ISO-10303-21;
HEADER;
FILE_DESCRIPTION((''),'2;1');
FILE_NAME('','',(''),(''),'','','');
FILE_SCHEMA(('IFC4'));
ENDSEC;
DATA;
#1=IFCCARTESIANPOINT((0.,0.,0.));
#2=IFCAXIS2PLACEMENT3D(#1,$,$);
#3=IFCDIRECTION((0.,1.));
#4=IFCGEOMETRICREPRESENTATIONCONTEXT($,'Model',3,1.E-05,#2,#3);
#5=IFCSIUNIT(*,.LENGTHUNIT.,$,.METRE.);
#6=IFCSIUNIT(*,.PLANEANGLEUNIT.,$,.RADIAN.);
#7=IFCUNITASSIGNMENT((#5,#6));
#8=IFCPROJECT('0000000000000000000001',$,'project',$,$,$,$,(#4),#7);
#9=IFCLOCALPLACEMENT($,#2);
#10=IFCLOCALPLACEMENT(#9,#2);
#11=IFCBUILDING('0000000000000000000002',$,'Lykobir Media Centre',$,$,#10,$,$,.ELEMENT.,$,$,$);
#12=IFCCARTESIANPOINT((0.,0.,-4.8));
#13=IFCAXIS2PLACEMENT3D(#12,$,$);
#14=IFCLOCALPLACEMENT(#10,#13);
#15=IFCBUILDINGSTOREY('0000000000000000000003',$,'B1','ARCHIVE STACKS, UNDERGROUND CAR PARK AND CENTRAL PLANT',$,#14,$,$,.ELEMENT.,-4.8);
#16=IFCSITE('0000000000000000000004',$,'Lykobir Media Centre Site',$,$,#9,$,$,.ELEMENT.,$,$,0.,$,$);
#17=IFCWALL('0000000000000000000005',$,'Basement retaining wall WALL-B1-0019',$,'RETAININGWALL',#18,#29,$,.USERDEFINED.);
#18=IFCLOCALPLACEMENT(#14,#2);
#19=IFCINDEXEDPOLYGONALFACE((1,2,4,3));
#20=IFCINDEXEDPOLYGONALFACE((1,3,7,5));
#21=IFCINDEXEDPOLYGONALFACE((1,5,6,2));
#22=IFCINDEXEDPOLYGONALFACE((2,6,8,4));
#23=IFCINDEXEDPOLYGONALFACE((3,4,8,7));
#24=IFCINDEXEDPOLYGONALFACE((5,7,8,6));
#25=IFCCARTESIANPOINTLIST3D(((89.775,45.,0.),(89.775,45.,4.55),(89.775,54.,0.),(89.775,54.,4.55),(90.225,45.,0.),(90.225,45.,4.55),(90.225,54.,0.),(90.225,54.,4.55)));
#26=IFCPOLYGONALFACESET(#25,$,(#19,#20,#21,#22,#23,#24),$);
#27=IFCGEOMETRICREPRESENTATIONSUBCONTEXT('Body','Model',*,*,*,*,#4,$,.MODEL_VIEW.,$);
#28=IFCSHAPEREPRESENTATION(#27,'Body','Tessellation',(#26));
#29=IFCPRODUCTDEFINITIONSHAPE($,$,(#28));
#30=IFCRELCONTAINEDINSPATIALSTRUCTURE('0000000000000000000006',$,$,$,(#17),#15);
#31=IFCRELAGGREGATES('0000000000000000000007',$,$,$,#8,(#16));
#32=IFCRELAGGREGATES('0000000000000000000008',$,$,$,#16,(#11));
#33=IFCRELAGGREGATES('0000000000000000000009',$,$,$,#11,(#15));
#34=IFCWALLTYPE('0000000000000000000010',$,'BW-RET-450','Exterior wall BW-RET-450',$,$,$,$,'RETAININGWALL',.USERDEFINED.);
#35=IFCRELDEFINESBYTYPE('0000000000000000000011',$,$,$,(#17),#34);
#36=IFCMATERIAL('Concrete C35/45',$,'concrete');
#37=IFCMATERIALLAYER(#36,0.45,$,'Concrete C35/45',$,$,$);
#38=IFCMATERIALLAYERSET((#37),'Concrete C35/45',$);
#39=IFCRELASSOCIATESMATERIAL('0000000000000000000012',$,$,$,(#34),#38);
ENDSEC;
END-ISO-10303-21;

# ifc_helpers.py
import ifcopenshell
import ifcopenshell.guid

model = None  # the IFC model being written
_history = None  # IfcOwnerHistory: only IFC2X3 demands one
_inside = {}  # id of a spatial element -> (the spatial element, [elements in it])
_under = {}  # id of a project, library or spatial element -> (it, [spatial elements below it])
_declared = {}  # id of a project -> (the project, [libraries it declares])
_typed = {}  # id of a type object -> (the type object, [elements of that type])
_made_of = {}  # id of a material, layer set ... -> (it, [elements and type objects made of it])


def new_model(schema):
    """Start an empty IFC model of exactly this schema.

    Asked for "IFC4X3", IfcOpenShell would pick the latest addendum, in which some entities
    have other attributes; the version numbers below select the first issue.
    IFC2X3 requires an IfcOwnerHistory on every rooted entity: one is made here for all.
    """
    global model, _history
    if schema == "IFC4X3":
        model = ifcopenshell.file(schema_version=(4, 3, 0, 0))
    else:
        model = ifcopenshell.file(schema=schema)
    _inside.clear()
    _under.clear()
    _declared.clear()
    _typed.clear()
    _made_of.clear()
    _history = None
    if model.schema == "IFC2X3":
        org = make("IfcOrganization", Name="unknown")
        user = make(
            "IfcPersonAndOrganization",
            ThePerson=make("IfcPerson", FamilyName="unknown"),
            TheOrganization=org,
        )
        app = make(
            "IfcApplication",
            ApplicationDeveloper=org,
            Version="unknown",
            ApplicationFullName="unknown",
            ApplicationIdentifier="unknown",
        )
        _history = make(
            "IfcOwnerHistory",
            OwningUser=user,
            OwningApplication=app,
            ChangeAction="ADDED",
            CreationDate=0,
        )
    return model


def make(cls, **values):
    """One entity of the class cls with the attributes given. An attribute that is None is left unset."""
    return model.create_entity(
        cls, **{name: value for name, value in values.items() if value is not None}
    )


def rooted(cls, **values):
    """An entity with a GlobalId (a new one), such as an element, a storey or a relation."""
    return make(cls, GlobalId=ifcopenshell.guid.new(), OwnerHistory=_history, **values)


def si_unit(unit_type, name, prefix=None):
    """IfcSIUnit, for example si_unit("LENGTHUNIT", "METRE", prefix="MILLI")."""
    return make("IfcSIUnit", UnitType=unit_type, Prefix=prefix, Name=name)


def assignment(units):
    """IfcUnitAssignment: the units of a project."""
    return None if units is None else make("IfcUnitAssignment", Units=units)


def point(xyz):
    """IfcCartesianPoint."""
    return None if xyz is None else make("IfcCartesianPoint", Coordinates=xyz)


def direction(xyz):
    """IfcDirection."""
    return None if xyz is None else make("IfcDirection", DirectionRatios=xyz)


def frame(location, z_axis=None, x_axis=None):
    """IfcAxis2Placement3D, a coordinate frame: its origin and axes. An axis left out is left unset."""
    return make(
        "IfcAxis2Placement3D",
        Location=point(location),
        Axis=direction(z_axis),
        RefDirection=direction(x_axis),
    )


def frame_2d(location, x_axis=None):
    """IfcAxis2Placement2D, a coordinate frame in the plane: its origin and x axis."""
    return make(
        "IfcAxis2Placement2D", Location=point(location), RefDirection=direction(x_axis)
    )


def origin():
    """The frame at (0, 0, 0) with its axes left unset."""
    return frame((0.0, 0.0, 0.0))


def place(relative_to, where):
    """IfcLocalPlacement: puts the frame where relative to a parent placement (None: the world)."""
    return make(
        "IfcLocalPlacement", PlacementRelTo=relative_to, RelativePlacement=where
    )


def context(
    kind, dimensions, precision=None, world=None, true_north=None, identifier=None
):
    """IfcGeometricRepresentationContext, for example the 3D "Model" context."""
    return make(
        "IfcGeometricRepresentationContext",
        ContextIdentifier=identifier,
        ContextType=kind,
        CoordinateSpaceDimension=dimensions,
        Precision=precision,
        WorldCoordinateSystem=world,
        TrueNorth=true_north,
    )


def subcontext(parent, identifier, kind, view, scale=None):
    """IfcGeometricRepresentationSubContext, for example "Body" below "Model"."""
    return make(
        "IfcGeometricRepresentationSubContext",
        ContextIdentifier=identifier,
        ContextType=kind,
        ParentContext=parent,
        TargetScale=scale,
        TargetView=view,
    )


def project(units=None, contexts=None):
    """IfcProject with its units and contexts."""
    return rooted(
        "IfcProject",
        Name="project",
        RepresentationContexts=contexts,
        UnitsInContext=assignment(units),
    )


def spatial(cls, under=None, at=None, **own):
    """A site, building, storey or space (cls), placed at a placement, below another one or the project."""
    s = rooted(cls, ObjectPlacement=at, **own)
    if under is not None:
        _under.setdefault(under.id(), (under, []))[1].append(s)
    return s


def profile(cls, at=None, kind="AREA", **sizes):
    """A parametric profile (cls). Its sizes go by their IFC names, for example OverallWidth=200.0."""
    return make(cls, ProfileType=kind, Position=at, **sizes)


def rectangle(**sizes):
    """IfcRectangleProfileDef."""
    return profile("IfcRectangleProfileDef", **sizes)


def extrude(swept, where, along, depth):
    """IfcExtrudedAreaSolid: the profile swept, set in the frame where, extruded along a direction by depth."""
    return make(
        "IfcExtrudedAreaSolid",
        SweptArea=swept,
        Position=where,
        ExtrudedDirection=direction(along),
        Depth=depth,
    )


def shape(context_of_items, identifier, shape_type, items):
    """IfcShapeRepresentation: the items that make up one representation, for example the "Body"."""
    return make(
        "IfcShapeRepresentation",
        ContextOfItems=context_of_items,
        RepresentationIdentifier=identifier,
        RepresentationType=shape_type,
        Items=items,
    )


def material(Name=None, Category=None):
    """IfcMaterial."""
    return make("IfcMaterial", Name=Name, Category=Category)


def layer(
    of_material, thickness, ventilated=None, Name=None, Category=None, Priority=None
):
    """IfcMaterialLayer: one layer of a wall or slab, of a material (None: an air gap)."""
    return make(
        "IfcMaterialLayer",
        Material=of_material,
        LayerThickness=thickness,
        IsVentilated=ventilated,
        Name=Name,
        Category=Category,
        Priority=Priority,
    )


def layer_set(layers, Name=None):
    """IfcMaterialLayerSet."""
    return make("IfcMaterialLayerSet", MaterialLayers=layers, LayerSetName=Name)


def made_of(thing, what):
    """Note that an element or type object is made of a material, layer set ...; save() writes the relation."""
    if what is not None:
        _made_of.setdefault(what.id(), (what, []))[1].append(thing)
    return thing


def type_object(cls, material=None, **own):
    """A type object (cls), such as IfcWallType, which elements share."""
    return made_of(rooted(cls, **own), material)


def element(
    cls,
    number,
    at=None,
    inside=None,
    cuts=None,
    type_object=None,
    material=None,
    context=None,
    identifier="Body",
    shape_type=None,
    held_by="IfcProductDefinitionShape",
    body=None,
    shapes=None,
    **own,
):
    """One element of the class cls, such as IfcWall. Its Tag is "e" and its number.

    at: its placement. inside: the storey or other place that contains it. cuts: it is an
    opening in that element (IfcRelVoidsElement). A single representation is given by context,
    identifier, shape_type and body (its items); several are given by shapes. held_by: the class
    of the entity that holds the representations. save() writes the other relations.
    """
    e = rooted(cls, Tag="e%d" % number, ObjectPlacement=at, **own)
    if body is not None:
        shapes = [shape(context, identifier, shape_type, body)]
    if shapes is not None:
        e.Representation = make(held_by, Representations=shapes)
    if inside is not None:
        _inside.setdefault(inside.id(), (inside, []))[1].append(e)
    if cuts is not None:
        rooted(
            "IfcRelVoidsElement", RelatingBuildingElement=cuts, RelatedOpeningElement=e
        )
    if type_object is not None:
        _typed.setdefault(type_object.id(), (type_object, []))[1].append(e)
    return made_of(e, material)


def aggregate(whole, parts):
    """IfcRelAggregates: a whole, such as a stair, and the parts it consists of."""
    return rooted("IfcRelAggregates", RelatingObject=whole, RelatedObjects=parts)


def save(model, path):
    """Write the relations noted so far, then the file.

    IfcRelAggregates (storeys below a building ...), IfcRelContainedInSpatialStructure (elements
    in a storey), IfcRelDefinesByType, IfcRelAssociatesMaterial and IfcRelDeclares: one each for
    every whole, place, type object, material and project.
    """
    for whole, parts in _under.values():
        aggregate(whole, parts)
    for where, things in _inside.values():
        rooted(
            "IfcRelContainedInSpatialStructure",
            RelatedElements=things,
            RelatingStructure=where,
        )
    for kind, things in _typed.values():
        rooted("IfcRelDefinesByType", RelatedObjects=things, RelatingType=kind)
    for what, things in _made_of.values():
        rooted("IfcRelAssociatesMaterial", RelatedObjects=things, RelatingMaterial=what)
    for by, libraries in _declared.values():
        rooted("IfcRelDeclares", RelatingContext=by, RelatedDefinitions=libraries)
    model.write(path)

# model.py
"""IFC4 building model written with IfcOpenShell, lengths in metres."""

from ifc_helpers import new_model, si_unit, direction, frame, frame_2d, origin, place, context, subcontext, project, spatial, rectangle, extrude, material, layer, layer_set, type_object, element, save


model = new_model("IFC4")

# Units and contexts
model_context = context("Model", 3, precision=1e-05, world=origin(), true_north=direction((0.0, 1.0)))
body_context = subcontext(model_context, "Body", "Model", "MODEL_VIEW")
ifc_project = project(units=[si_unit("LENGTHUNIT", "METRE"), si_unit("PLANEANGLEUNIT", "RADIAN")], contexts=[model_context])

# Site, building, storey
site_placement = place(None, origin())
site = spatial("IfcSite", under=ifc_project, at=site_placement, Name="Lykobir Media Centre Site", CompositionType="ELEMENT", RefElevation=0.0)
building_placement = place(site_placement, origin())
building = spatial("IfcBuilding", under=site, at=building_placement, Name="Lykobir Media Centre", CompositionType="ELEMENT")
storey_placement = place(building_placement, frame((0.0, 0.0, -4.8)))
storey = spatial("IfcBuildingStorey", under=building, at=storey_placement, Name="B1", Description="ARCHIVE STACKS, UNDERGROUND CAR PARK AND CENTRAL PLANT", CompositionType="ELEMENT", Elevation=-4.8)

# Shared definitions
ifc_material_1 = material(Name="Concrete C35/45", Category="concrete")

# Wall
ifc_layer = layer(ifc_material_1, 0.45, Name="Concrete C35/45")
ifc_layer_set = layer_set([ifc_layer], Name="Concrete C35/45")
wall_type = type_object("IfcWallType", Name="BW-RET-450", Description="Exterior wall BW-RET-450", ElementType="RETAININGWALL", PredefinedType="USERDEFINED", material=ifc_layer_set)
for number, where, z_axis, x_axis, name in (
    (1, (90.0, 54.0, 0.0), (0.0, 0.0, 1.0), (0.0, -1.0, 0.0), "Basement retaining wall WALL-B1-0019"),
):
    element("IfcWall", number, at=place(storey_placement, frame(where, z_axis=z_axis, x_axis=x_axis)), inside=storey, type_object=wall_type, Name=name, ObjectType="RETAININGWALL", PredefinedType="USERDEFINED", context=body_context, shape_type="SweptSolid", body=[
        extrude(rectangle(XDim=9.0, YDim=0.45, at=frame_2d((4.5, 0.0))), origin(), (0.0, 0.0, 1.0), 4.55),
    ])

save(model, "model.ifc")
